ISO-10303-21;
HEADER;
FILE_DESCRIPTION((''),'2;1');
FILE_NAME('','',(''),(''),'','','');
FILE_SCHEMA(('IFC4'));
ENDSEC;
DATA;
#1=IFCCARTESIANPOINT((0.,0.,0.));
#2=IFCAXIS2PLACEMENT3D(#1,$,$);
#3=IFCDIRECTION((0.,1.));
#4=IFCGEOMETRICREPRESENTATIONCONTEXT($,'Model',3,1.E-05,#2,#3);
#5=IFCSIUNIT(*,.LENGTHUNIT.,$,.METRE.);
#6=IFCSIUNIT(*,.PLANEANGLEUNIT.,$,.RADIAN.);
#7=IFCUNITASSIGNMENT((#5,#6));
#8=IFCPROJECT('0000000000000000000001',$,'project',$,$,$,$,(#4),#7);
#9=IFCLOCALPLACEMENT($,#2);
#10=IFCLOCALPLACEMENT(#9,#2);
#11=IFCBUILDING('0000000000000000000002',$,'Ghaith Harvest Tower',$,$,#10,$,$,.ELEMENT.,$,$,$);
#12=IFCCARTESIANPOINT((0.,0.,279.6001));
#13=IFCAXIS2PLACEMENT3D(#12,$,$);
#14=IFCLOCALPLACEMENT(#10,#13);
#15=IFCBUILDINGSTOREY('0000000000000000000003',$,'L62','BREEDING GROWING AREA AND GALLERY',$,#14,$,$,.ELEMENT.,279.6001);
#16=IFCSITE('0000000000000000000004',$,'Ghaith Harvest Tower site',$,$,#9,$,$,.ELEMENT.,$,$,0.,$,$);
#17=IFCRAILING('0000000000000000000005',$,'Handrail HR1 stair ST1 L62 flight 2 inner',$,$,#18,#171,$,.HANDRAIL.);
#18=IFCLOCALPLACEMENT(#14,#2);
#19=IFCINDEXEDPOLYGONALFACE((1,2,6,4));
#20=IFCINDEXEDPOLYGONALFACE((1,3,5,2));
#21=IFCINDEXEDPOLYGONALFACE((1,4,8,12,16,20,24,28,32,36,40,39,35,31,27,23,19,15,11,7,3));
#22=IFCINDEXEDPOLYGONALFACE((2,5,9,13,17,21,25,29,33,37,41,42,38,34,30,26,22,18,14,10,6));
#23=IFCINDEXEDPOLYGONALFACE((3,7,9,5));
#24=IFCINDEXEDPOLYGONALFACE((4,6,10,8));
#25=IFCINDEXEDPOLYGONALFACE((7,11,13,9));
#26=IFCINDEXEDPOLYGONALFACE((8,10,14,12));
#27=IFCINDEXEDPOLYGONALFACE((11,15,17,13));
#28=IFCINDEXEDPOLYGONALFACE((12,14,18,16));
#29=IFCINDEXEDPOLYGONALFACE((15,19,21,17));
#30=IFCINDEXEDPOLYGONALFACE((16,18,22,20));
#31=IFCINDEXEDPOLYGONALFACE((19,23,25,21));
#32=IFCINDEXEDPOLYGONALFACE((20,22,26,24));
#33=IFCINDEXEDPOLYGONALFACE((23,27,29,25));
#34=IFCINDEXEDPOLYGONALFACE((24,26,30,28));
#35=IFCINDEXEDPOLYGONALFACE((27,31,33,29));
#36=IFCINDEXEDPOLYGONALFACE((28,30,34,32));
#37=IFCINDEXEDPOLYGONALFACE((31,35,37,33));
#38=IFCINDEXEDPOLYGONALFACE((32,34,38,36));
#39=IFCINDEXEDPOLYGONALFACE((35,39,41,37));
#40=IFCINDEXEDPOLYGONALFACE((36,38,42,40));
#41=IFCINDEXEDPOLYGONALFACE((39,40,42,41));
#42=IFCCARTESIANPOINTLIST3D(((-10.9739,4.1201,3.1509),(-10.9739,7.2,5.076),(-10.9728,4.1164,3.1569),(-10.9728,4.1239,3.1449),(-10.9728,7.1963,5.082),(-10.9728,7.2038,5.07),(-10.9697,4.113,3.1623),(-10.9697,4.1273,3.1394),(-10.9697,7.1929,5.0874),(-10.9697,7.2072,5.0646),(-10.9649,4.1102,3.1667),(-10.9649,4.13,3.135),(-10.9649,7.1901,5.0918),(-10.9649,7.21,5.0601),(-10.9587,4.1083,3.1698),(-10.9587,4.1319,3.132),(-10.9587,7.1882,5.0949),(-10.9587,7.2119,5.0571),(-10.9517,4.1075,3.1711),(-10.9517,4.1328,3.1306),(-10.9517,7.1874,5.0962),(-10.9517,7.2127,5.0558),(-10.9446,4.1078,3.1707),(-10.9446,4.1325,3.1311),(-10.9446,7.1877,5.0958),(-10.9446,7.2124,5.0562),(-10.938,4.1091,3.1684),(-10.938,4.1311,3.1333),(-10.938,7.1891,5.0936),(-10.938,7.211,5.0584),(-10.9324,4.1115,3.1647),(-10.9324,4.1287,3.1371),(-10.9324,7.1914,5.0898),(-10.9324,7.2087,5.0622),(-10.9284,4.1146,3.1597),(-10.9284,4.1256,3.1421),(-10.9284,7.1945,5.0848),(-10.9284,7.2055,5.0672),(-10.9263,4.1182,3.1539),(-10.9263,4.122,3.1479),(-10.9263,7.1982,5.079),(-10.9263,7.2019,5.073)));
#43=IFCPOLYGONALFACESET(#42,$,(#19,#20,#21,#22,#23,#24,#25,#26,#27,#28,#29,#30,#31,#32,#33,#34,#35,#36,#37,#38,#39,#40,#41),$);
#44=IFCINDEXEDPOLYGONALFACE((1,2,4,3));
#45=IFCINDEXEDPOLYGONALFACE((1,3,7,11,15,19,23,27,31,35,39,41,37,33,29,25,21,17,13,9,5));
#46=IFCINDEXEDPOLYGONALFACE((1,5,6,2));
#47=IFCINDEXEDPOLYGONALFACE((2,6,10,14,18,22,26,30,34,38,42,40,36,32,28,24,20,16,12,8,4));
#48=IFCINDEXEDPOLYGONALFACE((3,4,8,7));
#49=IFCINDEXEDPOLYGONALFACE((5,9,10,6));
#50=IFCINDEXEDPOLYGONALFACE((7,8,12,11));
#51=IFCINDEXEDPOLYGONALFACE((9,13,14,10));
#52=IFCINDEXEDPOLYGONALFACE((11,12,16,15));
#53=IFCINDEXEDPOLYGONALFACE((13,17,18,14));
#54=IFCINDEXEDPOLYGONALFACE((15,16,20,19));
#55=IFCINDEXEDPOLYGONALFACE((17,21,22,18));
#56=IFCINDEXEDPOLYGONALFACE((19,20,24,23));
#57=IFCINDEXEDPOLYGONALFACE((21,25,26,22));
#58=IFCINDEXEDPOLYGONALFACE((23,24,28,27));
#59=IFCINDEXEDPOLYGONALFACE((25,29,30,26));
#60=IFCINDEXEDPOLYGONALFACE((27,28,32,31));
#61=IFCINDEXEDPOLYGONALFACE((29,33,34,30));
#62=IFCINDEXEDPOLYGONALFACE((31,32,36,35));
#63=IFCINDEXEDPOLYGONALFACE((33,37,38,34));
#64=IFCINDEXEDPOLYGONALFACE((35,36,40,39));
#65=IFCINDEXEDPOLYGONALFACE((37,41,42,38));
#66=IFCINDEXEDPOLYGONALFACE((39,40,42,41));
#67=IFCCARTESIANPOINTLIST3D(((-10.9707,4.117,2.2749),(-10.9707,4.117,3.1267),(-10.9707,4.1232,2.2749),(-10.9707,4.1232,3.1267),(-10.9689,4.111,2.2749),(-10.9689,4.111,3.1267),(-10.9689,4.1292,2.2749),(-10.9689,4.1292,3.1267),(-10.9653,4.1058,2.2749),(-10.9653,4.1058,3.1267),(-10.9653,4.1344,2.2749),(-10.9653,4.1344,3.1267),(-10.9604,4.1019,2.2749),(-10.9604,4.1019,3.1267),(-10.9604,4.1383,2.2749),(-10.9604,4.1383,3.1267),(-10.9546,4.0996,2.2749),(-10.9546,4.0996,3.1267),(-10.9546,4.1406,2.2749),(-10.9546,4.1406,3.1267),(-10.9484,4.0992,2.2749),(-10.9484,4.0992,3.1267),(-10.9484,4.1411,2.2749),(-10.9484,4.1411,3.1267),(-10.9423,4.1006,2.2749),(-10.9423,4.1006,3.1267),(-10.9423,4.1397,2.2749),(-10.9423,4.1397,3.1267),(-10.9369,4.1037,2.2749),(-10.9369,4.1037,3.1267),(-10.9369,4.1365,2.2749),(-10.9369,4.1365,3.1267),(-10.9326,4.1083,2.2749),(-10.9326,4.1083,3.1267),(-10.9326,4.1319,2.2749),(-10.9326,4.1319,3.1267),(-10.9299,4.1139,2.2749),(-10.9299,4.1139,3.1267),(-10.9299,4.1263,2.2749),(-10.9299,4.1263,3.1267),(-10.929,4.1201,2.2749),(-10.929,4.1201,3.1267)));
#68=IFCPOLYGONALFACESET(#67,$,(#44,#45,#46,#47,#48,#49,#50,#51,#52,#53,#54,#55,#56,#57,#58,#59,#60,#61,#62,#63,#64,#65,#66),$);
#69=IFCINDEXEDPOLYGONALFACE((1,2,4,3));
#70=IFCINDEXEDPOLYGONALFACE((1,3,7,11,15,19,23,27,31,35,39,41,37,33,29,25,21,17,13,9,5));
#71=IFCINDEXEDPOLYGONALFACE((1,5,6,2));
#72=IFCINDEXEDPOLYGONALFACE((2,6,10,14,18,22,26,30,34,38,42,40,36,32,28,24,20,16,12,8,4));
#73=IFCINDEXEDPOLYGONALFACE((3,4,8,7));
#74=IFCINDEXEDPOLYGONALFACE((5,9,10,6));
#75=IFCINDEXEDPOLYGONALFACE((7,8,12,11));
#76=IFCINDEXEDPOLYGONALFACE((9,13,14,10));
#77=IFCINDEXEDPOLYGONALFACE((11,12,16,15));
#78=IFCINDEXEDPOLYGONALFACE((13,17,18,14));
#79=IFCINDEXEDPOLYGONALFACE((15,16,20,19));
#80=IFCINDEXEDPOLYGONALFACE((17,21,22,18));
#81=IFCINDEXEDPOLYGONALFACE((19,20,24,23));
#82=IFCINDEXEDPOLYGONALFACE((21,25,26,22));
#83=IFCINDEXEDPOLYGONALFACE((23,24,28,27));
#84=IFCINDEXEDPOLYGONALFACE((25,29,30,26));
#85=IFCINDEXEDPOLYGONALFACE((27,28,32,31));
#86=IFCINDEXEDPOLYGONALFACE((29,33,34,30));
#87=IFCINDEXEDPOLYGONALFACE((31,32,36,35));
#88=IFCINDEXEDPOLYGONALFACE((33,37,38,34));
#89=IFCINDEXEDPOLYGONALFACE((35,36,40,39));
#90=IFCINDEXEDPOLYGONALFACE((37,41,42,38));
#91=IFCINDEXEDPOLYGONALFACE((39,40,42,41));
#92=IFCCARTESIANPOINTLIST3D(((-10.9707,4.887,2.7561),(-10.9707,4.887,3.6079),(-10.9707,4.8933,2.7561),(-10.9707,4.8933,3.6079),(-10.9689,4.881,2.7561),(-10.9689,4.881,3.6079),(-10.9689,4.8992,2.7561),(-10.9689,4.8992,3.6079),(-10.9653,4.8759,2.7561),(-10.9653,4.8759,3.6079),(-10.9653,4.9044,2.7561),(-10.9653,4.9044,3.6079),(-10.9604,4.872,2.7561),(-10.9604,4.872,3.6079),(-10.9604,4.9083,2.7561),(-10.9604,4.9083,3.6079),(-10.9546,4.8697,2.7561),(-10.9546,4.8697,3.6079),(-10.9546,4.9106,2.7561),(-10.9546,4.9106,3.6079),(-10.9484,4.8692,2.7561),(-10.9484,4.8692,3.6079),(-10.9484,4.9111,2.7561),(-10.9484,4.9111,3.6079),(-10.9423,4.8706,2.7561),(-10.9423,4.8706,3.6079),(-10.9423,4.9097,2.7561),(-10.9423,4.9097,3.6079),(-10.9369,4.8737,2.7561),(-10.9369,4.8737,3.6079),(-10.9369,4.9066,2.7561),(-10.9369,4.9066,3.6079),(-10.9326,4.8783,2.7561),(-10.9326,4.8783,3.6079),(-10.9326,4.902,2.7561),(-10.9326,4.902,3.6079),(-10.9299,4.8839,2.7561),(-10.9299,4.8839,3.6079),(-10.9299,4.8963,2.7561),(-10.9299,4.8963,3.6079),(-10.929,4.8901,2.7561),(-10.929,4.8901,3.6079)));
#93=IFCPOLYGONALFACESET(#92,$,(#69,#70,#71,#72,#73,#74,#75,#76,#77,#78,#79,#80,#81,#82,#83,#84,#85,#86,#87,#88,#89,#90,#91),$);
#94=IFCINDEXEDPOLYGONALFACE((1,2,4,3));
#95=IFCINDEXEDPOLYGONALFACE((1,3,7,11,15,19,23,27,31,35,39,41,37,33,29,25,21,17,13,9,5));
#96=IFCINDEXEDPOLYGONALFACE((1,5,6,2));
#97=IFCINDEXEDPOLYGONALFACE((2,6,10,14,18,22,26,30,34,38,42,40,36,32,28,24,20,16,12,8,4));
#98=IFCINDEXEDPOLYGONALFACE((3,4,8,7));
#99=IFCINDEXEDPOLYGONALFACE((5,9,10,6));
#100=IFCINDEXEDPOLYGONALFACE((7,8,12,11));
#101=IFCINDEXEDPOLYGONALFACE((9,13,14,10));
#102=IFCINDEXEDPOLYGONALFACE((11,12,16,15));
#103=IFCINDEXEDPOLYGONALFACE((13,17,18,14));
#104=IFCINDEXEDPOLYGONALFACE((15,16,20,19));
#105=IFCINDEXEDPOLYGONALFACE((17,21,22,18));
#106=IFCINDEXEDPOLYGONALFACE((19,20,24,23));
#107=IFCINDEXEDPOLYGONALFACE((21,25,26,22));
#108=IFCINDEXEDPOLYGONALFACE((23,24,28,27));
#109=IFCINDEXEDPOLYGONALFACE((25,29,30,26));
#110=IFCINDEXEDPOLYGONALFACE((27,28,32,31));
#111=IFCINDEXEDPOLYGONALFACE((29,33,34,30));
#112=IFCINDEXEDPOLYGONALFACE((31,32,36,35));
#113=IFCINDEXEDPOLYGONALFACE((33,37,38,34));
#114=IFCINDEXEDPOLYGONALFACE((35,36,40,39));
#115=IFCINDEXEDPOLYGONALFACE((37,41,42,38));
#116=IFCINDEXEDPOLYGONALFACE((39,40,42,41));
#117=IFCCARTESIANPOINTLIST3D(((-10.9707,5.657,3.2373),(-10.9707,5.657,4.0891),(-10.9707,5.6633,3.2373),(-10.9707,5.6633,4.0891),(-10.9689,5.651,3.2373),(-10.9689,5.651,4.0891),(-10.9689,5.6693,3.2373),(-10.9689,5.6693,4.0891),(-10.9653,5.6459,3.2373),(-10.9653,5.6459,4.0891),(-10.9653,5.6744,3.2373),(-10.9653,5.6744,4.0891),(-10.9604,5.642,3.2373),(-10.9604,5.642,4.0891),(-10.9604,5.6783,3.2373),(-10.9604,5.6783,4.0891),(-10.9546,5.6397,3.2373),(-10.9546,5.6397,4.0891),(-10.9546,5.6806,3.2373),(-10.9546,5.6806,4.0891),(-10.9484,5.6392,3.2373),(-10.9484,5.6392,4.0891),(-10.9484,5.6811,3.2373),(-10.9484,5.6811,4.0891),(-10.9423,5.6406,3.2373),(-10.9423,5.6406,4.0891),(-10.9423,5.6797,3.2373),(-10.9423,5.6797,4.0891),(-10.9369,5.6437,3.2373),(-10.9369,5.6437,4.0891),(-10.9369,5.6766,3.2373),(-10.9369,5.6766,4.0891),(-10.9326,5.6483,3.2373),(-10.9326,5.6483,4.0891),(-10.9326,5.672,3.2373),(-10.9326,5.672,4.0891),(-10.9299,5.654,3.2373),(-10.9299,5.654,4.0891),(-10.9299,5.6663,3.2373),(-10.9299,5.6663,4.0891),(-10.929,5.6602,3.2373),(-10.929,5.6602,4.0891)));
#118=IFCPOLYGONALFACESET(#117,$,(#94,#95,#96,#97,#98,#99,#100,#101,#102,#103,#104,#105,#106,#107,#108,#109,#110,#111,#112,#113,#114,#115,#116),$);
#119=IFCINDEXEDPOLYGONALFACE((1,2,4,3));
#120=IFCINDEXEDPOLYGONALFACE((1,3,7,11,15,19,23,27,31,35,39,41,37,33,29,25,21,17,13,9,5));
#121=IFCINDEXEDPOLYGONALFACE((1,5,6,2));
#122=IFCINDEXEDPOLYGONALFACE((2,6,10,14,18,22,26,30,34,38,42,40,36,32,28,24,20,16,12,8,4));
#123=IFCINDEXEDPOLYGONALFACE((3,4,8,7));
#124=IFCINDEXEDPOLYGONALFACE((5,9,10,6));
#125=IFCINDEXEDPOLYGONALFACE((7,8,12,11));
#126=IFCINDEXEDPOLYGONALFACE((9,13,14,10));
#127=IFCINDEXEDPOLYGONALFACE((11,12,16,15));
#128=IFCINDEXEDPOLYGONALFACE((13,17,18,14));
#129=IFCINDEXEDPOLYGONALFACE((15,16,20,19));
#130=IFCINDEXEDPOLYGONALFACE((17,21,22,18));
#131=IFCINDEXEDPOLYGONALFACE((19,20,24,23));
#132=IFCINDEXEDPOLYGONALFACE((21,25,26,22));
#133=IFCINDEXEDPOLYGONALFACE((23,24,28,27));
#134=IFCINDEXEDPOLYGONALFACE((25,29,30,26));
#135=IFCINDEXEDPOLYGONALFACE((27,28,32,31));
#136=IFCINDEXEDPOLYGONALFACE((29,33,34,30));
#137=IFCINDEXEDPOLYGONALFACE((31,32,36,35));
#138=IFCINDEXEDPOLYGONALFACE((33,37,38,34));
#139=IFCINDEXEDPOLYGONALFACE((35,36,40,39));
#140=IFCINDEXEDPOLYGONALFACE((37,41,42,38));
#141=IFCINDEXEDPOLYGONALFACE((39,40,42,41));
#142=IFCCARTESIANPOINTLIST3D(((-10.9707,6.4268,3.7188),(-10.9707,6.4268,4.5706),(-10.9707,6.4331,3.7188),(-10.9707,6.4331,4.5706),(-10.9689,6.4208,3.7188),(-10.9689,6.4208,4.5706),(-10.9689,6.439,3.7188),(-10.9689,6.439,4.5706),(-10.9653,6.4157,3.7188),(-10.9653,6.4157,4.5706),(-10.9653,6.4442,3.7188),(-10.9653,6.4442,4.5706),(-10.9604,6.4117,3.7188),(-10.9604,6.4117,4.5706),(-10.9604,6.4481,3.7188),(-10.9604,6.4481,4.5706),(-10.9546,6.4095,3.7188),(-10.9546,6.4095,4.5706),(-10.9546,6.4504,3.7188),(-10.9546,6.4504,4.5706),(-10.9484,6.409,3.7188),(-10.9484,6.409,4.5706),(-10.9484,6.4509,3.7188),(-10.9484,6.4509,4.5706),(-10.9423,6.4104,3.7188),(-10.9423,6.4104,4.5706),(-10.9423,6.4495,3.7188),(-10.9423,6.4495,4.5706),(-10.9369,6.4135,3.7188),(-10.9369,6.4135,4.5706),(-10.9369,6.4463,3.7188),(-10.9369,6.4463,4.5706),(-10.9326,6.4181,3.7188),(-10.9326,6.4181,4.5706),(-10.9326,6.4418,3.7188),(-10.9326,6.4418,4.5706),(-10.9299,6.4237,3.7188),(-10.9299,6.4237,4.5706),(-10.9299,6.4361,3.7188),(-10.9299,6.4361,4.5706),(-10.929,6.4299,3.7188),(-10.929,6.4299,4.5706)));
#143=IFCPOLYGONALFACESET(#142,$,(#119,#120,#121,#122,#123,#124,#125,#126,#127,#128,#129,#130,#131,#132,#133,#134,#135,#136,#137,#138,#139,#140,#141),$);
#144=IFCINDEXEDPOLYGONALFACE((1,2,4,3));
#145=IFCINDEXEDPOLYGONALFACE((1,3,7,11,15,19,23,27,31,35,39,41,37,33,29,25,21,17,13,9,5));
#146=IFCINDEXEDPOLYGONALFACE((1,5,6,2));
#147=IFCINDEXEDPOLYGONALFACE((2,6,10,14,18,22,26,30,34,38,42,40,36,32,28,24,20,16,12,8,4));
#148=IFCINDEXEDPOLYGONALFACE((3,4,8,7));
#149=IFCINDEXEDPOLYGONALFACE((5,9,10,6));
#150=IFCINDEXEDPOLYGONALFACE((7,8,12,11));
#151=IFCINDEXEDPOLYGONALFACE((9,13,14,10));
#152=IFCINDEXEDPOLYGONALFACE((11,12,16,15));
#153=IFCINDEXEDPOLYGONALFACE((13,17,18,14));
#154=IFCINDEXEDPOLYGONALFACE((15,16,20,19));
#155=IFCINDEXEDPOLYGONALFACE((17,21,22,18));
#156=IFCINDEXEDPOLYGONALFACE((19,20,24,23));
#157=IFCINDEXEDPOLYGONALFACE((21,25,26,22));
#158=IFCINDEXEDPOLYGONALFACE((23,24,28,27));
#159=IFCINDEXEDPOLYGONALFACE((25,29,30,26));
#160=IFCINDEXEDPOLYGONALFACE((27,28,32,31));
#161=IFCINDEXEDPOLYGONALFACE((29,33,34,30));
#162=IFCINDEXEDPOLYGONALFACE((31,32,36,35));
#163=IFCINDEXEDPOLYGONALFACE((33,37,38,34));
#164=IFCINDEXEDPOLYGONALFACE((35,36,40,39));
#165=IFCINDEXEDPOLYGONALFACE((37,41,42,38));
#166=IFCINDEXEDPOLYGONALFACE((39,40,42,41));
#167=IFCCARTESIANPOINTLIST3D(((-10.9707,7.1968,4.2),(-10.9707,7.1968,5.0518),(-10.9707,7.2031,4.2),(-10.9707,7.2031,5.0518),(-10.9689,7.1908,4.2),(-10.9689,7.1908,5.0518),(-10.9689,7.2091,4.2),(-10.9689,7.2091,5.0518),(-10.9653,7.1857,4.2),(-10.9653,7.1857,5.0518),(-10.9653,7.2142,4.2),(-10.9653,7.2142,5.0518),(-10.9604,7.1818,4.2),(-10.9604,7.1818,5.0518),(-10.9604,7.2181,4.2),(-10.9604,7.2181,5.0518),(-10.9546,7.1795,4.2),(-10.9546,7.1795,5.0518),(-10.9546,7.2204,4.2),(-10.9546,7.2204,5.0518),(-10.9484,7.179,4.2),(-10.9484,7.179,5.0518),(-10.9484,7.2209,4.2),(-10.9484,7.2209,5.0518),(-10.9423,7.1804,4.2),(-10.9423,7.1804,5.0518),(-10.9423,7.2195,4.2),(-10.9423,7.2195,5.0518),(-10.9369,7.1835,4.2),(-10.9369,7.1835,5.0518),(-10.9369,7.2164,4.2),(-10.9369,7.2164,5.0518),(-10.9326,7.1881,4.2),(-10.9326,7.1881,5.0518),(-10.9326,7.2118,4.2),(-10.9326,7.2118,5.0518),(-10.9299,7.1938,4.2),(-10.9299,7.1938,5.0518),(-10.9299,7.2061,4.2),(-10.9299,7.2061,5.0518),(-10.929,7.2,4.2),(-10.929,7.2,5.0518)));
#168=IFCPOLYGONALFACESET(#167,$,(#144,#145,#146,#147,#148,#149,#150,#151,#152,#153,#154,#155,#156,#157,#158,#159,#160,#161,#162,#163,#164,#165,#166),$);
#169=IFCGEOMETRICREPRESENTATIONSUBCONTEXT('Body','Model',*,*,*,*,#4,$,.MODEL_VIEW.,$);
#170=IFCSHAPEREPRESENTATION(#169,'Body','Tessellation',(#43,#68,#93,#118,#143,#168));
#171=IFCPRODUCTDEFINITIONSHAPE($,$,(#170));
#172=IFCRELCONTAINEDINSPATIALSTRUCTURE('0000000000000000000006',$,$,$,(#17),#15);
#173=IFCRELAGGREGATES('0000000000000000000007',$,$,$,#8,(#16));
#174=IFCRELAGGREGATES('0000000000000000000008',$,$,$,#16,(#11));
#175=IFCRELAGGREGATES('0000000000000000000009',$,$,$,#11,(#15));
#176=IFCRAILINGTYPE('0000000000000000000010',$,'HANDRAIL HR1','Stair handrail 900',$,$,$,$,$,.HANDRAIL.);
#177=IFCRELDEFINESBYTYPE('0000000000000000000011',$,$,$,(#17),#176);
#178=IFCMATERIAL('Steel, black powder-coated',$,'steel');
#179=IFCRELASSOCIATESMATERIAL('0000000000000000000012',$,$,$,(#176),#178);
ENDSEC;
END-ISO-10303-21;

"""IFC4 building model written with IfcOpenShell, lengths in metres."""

from ifc_helpers import new_model, si_unit, direction, frame, origin, origin_2d, place, context, subcontext, project, spatial, circle, extrude, material, type_object, element, save


model = new_model("IFC4")

# Units and contexts
model_context = context("Model", 3, precision=1e-05, world=origin(), true_north=direction((0.0, 1.0)))
body_context = subcontext(model_context, "Body", "Model", "MODEL_VIEW")
ifc_project = project(units=[si_unit("LENGTHUNIT", "METRE"), si_unit("PLANEANGLEUNIT", "RADIAN")], contexts=[model_context])

# Site, building, storey
site_placement = place(None, origin())
site = spatial("IfcSite", under=ifc_project, at=site_placement, Name="Ghaith Harvest Tower site", CompositionType="ELEMENT", RefElevation=0.0)
building_placement = place(site_placement, origin())
building = spatial("IfcBuilding", under=site, at=building_placement, Name="Ghaith Harvest Tower", CompositionType="ELEMENT")
storey_placement = place(building_placement, frame((0.0, 0.0, 279.6001)))
storey = spatial("IfcBuildingStorey", under=building, at=storey_placement, Name="L62", Description="BREEDING GROWING AREA AND GALLERY", CompositionType="ELEMENT", Elevation=279.6001)

# Railing
ifc_material_1 = material(Name="Steel, black powder-coated", Category="steel")
railing_type = type_object("IfcRailingType", Name="HANDRAIL HR1", Description="Stair handrail 900", PredefinedType="HANDRAIL", material=ifc_material_1)
railing_placement = place(storey_placement, frame((-10.95, 4.1201, 2.2749)))
element("IfcRailing", 1, at=railing_placement, inside=storey, type_object=railing_type, Name="Handrail HR1 stair ST1 L62 flight 2 inner", PredefinedType="HANDRAIL", context=body_context, shape_type="SweptSolid", body=[
    extrude(circle(Radius=0.0239, at=origin_2d()), frame((0.0, 0.0, 0.876), z_axis=(0.0, 0.847979, 0.530029), x_axis=(-1.0, 0.0, 0.0)), (0.0, 0.0, 1.0), 3.6321),
    extrude(circle(Radius=0.021, at=origin_2d()), origin(), (0.0, 0.0, 1.0), 0.8518),
    extrude(circle(Radius=0.021, at=origin_2d()), frame((0.0, 0.77, 0.4812)), (0.0, 0.0, 1.0), 0.8518),
    extrude(circle(Radius=0.021, at=origin_2d()), frame((0.0, 1.54, 0.9624)), (0.0, 0.0, 1.0), 0.8518),
    extrude(circle(Radius=0.021, at=origin_2d()), frame((0.0, 2.3098, 1.4438)), (0.0, 0.0, 1.0), 0.8518),
    extrude(circle(Radius=0.021, at=origin_2d()), frame((0.0, 3.0798, 1.925)), (0.0, 0.0, 1.0), 0.8518),
])

save(model, "model.ifc")
